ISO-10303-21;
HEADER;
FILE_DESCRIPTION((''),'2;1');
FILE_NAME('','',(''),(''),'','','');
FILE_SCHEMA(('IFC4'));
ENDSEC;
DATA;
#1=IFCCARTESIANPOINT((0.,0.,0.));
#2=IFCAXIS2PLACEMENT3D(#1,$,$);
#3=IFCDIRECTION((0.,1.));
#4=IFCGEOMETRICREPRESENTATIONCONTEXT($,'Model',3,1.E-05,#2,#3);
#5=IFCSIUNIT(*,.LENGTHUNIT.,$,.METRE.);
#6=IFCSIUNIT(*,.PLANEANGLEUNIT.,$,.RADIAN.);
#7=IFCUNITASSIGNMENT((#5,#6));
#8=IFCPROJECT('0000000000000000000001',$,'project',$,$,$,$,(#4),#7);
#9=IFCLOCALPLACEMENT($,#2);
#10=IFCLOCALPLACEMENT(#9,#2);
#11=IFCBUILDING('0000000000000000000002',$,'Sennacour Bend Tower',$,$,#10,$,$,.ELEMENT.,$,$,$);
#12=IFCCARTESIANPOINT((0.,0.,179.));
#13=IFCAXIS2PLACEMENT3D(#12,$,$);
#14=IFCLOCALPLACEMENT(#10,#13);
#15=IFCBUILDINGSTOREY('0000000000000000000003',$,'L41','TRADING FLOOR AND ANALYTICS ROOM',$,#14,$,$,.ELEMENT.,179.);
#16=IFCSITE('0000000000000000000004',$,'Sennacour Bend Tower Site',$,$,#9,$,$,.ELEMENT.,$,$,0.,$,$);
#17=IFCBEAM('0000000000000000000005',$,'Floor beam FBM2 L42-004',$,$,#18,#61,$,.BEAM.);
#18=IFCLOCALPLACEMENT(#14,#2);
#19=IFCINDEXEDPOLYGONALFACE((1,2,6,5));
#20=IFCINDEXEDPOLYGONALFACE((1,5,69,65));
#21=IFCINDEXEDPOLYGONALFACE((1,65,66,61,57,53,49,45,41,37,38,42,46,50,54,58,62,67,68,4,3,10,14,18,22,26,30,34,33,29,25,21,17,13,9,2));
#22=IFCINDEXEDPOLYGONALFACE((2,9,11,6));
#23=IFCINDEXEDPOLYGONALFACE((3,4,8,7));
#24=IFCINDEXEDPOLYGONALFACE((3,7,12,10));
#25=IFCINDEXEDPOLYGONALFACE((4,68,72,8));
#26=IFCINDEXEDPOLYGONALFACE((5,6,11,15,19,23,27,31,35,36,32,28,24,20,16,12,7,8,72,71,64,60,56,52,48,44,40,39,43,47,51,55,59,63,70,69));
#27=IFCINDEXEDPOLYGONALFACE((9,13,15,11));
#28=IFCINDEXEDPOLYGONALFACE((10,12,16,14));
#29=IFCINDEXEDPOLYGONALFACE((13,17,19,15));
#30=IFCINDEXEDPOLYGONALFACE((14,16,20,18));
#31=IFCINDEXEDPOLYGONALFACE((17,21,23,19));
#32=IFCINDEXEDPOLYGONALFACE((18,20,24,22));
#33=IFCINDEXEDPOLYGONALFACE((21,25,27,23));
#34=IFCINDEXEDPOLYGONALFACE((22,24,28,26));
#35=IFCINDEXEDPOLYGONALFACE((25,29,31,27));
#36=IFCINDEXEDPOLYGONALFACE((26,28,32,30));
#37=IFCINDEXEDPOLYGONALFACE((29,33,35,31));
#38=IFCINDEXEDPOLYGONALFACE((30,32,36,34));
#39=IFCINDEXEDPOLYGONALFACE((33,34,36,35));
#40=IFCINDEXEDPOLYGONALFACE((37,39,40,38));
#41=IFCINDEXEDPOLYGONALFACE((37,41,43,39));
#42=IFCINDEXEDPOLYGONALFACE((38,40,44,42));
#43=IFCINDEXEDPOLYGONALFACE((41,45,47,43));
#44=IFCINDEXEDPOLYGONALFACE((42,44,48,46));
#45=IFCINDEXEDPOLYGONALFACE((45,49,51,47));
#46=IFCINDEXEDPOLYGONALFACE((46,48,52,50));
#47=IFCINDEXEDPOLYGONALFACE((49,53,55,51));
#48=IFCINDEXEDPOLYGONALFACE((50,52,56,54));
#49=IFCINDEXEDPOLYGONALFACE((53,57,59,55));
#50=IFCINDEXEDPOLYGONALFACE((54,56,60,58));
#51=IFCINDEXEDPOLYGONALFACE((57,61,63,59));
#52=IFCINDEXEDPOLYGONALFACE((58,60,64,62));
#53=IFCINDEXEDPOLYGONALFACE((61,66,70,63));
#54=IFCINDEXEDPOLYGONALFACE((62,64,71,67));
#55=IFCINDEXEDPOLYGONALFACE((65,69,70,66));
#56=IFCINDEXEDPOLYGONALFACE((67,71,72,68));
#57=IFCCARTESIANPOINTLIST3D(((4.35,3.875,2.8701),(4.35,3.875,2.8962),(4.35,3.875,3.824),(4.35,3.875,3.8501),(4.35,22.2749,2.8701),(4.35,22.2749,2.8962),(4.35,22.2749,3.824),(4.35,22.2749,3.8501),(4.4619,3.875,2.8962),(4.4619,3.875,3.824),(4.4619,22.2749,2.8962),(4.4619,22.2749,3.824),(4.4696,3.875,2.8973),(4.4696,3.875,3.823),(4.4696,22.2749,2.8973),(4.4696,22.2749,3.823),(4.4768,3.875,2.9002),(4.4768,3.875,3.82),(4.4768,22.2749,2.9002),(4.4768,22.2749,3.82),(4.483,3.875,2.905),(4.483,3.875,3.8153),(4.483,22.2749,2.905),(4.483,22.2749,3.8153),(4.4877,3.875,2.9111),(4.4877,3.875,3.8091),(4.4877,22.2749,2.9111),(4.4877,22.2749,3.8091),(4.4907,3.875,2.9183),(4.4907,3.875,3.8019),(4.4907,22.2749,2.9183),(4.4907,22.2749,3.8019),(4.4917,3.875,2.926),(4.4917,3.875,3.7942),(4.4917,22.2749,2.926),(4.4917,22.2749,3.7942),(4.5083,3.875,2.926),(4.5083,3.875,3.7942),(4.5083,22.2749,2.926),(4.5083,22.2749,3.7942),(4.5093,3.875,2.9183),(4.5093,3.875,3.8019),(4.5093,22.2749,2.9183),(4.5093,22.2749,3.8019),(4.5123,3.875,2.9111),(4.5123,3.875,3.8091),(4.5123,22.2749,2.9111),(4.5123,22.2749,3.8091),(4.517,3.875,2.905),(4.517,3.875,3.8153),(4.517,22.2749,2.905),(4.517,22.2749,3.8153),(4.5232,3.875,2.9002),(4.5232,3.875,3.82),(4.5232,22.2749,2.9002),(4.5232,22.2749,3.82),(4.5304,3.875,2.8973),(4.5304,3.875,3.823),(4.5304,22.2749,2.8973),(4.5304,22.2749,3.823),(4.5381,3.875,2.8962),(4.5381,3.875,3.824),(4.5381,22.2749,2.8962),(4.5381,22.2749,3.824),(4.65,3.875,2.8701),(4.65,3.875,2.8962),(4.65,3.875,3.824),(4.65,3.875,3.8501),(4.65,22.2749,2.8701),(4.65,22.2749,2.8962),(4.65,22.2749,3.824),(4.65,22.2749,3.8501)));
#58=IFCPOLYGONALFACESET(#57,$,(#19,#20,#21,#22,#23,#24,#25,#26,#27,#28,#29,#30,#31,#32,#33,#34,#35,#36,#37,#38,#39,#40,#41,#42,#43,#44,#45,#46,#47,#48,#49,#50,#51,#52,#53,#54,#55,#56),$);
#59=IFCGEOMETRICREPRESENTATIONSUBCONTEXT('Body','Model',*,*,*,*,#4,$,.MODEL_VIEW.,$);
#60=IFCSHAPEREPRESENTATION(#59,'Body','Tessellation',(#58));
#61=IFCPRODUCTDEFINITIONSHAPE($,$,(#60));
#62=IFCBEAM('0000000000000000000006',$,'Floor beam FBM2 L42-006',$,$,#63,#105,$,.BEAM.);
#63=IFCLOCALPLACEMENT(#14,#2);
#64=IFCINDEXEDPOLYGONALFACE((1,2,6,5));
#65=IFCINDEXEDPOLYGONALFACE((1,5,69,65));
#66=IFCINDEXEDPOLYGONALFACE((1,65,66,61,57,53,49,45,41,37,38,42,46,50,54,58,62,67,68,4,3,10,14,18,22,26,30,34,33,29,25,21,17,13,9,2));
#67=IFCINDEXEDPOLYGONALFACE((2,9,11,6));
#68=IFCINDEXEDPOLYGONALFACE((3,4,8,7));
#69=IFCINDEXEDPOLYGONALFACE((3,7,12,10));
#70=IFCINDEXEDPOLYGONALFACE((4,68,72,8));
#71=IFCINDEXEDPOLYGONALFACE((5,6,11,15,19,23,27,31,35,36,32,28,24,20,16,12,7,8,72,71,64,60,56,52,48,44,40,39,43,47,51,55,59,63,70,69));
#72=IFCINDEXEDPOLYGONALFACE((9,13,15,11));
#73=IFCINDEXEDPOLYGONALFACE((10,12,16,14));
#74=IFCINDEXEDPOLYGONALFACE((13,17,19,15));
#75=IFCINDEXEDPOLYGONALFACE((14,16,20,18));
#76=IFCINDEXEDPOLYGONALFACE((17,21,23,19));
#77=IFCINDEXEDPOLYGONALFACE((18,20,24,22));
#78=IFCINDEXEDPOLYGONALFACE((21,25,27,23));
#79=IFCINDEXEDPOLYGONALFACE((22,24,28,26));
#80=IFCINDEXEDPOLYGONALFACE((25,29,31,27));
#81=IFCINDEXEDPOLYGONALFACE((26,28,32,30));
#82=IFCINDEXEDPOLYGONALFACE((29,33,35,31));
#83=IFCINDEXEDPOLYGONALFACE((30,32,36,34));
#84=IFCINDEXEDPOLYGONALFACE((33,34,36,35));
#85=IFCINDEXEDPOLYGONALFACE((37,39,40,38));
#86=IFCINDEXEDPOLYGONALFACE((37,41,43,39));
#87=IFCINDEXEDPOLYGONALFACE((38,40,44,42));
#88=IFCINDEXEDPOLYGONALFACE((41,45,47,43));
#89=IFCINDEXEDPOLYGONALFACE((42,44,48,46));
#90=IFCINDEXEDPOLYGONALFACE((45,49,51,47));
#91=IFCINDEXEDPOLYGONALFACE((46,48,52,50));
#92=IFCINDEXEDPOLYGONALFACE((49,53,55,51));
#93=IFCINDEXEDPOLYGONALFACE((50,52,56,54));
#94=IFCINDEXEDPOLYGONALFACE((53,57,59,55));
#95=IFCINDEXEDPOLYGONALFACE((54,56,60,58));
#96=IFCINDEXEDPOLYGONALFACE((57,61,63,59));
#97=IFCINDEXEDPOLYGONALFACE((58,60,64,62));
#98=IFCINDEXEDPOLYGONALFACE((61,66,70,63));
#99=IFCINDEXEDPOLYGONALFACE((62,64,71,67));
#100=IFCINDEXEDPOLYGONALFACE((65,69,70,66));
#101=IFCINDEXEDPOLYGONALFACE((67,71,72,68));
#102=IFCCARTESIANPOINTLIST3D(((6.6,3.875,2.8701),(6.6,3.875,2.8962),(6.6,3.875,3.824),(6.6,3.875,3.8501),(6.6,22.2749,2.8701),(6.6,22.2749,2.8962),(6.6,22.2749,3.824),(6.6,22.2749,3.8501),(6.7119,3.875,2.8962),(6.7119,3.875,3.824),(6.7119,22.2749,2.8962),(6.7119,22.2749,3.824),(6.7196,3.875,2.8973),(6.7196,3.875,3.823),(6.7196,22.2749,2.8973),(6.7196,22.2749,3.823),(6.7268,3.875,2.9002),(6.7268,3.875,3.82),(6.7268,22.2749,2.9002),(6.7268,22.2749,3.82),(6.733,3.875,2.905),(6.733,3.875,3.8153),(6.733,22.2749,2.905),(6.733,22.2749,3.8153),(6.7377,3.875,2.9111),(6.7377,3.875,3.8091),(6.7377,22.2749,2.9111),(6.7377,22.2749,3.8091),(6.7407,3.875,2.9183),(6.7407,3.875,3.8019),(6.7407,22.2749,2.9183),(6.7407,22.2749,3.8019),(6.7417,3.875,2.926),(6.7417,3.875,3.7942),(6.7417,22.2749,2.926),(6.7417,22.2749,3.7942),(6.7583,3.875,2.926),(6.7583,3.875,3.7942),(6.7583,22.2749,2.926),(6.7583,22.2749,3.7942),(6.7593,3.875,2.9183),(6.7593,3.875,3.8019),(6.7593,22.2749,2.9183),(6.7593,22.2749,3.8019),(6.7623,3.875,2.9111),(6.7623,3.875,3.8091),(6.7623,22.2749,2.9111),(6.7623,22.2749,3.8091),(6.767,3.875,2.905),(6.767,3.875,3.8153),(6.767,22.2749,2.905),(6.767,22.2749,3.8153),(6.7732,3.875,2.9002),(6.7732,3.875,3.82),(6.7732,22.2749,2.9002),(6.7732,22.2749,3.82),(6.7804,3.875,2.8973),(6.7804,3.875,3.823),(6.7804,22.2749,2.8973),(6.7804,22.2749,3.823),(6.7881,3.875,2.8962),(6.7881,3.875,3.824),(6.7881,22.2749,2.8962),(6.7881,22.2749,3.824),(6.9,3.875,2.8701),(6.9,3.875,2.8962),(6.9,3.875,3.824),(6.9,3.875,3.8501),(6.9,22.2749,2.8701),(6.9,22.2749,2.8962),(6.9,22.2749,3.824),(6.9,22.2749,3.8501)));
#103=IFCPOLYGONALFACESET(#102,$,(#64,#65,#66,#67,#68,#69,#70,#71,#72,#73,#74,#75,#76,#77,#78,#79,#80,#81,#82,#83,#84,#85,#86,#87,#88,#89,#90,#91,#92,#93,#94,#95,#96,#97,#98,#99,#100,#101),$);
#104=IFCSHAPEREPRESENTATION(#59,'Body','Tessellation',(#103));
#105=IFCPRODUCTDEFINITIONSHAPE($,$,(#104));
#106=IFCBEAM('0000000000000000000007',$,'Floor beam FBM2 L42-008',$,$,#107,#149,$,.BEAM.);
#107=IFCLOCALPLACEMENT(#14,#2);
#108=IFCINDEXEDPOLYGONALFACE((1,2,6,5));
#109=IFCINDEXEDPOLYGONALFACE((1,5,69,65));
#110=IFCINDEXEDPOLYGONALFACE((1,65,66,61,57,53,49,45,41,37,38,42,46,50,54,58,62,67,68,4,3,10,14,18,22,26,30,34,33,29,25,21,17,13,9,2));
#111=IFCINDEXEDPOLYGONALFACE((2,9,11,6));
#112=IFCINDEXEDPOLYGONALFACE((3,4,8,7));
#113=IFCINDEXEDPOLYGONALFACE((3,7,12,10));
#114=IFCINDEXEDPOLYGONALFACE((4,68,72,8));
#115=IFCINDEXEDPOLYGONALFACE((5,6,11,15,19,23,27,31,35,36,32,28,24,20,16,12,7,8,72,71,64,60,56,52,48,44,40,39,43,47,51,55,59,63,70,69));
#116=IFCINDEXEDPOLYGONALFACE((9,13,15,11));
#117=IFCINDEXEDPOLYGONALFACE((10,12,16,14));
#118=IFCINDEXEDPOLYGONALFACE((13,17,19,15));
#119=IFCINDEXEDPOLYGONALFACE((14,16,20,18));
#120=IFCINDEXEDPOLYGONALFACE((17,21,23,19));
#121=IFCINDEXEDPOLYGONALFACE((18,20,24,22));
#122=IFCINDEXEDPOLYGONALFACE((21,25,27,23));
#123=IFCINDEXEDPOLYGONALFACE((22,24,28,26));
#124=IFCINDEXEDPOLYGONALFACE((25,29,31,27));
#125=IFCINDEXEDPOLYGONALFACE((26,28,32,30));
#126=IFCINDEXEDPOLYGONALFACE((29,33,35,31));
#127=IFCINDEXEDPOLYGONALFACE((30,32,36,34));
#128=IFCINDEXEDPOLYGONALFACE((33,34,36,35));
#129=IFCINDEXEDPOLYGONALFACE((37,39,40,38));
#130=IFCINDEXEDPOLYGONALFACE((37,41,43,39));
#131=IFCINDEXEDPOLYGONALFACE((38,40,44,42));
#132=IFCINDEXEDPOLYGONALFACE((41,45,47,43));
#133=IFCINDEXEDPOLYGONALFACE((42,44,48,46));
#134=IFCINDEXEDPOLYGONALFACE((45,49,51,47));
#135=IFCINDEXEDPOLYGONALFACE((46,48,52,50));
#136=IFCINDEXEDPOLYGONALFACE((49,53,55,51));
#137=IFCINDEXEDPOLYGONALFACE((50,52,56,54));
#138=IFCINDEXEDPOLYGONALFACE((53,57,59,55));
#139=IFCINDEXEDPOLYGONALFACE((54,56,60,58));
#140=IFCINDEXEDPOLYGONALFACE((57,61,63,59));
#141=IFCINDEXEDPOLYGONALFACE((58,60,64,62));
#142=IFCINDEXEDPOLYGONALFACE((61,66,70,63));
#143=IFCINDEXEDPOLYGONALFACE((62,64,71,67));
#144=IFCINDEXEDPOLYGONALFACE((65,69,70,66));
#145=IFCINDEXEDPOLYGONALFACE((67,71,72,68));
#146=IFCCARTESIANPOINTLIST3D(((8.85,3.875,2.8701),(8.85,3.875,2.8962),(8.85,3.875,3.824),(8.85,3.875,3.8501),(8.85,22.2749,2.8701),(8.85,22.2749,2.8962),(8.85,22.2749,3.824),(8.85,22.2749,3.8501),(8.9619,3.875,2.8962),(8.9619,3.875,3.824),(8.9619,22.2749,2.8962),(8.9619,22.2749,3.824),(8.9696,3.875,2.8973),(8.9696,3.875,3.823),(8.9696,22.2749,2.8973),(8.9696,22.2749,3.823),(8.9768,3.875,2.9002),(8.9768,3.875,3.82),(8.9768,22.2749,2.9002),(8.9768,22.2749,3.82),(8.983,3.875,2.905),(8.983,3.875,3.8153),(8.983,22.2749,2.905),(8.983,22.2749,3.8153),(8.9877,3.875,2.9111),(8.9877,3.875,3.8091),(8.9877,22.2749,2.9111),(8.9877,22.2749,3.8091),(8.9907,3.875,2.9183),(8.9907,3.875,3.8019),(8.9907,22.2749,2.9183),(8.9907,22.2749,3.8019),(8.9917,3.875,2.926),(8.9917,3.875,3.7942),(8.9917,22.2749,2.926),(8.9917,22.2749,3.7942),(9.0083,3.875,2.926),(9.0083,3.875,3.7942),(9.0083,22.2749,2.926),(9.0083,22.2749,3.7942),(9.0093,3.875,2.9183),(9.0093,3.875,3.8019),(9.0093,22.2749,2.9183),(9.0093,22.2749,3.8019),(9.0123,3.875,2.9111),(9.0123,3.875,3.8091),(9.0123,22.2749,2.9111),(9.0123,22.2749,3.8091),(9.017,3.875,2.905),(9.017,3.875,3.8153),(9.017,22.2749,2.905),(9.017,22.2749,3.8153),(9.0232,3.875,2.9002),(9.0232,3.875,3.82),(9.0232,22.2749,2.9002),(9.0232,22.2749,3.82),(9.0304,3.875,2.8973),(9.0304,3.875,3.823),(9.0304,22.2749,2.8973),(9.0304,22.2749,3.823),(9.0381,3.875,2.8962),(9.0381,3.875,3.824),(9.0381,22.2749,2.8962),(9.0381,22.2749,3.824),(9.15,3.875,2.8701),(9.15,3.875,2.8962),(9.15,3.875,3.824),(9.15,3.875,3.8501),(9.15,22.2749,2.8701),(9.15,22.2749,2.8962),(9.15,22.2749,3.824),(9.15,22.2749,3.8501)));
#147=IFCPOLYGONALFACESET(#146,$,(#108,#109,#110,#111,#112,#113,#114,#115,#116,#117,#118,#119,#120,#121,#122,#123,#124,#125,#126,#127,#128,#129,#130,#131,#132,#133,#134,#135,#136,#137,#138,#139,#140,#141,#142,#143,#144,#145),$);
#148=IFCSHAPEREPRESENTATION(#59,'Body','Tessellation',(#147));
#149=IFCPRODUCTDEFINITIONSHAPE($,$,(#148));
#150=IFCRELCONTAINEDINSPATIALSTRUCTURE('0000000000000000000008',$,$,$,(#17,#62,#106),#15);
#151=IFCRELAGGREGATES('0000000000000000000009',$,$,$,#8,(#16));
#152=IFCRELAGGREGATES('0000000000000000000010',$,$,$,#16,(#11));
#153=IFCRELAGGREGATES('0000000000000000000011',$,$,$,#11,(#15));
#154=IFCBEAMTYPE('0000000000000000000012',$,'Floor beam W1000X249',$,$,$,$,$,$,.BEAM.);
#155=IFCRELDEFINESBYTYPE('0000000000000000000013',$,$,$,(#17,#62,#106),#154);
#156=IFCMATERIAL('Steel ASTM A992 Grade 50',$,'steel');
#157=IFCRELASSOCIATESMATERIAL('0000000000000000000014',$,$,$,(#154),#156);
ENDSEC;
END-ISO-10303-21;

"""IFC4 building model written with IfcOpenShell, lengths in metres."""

from ifc_helpers import new_model, si_unit, direction, frame, origin, origin_2d, place, context, subcontext, project, spatial, i_section, extrude, material, material_profile, profile_set, type_object, element, save


model = new_model("IFC4")

# Units and contexts
model_context = context("Model", 3, precision=1e-05, world=origin(), true_north=direction((0.0, 1.0)))
body_context = subcontext(model_context, "Body", "Model", "MODEL_VIEW")
ifc_project = project(units=[si_unit("LENGTHUNIT", "METRE"), si_unit("PLANEANGLEUNIT", "RADIAN")], contexts=[model_context])

# Site, building, storey
site_placement = place(None, origin())
site = spatial("IfcSite", under=ifc_project, at=site_placement, Name="Sennacour Bend Tower Site", CompositionType="ELEMENT", RefElevation=0.0)
building_placement = place(site_placement, origin())
building = spatial("IfcBuilding", under=site, at=building_placement, Name="Sennacour Bend Tower", CompositionType="ELEMENT")
storey_placement = place(building_placement, frame((0.0, 0.0, 179.0)))
storey = spatial("IfcBuildingStorey", under=building, at=storey_placement, Name="L41", Description="TRADING FLOOR AND ANALYTICS ROOM", CompositionType="ELEMENT", Elevation=179.0)

# Beams
ifc_material_1 = material(Name="Steel ASTM A992 Grade 50", Category="steel")
ifc_material_profile = material_profile(ifc_material_1, i_section(OverallWidth=0.3, OverallDepth=0.98, WebThickness=0.0166, FlangeThickness=0.0261, FilletRadius=0.0298, at=origin_2d()), Name="Steel ASTM A992 Grade 50", Category="steel")
ifc_profile_set = profile_set([ifc_material_profile], Name="Steel ASTM A992 Grade 50")
beam_type = type_object("IfcBeamType", Name="Floor beam W1000X249", PredefinedType="BEAM", material=ifc_profile_set)
for number, where, z_axis, x_axis, name in (
    (1, (4.5, 3.875, 3.3601), (0.0, 1.0, 0.0), (-1.0, 0.0, 0.0), "Floor beam FBM2 L42-004"),
    (2, (6.75, 3.875, 3.3601), (0.0, 1.0, 0.0), (-1.0, 0.0, 0.0), "Floor beam FBM2 L42-006"),
    (3, (9.0, 3.875, 3.3601), (0.0, 1.0, 0.0), (-1.0, 0.0, 0.0), "Floor beam FBM2 L42-008"),
):
    element("IfcBeam", number, at=place(storey_placement, frame(where, z_axis=z_axis, x_axis=x_axis)), inside=storey, type_object=beam_type, Name=name, PredefinedType="BEAM", context=body_context, shape_type="SweptSolid", body=[
        extrude(i_section(OverallWidth=0.3, OverallDepth=0.98, WebThickness=0.0166, FlangeThickness=0.0261, FilletRadius=0.0298, at=origin_2d()), origin(), (0.0, 0.0, 1.0), 18.3999),
    ])

save(model, "model.ifc")
